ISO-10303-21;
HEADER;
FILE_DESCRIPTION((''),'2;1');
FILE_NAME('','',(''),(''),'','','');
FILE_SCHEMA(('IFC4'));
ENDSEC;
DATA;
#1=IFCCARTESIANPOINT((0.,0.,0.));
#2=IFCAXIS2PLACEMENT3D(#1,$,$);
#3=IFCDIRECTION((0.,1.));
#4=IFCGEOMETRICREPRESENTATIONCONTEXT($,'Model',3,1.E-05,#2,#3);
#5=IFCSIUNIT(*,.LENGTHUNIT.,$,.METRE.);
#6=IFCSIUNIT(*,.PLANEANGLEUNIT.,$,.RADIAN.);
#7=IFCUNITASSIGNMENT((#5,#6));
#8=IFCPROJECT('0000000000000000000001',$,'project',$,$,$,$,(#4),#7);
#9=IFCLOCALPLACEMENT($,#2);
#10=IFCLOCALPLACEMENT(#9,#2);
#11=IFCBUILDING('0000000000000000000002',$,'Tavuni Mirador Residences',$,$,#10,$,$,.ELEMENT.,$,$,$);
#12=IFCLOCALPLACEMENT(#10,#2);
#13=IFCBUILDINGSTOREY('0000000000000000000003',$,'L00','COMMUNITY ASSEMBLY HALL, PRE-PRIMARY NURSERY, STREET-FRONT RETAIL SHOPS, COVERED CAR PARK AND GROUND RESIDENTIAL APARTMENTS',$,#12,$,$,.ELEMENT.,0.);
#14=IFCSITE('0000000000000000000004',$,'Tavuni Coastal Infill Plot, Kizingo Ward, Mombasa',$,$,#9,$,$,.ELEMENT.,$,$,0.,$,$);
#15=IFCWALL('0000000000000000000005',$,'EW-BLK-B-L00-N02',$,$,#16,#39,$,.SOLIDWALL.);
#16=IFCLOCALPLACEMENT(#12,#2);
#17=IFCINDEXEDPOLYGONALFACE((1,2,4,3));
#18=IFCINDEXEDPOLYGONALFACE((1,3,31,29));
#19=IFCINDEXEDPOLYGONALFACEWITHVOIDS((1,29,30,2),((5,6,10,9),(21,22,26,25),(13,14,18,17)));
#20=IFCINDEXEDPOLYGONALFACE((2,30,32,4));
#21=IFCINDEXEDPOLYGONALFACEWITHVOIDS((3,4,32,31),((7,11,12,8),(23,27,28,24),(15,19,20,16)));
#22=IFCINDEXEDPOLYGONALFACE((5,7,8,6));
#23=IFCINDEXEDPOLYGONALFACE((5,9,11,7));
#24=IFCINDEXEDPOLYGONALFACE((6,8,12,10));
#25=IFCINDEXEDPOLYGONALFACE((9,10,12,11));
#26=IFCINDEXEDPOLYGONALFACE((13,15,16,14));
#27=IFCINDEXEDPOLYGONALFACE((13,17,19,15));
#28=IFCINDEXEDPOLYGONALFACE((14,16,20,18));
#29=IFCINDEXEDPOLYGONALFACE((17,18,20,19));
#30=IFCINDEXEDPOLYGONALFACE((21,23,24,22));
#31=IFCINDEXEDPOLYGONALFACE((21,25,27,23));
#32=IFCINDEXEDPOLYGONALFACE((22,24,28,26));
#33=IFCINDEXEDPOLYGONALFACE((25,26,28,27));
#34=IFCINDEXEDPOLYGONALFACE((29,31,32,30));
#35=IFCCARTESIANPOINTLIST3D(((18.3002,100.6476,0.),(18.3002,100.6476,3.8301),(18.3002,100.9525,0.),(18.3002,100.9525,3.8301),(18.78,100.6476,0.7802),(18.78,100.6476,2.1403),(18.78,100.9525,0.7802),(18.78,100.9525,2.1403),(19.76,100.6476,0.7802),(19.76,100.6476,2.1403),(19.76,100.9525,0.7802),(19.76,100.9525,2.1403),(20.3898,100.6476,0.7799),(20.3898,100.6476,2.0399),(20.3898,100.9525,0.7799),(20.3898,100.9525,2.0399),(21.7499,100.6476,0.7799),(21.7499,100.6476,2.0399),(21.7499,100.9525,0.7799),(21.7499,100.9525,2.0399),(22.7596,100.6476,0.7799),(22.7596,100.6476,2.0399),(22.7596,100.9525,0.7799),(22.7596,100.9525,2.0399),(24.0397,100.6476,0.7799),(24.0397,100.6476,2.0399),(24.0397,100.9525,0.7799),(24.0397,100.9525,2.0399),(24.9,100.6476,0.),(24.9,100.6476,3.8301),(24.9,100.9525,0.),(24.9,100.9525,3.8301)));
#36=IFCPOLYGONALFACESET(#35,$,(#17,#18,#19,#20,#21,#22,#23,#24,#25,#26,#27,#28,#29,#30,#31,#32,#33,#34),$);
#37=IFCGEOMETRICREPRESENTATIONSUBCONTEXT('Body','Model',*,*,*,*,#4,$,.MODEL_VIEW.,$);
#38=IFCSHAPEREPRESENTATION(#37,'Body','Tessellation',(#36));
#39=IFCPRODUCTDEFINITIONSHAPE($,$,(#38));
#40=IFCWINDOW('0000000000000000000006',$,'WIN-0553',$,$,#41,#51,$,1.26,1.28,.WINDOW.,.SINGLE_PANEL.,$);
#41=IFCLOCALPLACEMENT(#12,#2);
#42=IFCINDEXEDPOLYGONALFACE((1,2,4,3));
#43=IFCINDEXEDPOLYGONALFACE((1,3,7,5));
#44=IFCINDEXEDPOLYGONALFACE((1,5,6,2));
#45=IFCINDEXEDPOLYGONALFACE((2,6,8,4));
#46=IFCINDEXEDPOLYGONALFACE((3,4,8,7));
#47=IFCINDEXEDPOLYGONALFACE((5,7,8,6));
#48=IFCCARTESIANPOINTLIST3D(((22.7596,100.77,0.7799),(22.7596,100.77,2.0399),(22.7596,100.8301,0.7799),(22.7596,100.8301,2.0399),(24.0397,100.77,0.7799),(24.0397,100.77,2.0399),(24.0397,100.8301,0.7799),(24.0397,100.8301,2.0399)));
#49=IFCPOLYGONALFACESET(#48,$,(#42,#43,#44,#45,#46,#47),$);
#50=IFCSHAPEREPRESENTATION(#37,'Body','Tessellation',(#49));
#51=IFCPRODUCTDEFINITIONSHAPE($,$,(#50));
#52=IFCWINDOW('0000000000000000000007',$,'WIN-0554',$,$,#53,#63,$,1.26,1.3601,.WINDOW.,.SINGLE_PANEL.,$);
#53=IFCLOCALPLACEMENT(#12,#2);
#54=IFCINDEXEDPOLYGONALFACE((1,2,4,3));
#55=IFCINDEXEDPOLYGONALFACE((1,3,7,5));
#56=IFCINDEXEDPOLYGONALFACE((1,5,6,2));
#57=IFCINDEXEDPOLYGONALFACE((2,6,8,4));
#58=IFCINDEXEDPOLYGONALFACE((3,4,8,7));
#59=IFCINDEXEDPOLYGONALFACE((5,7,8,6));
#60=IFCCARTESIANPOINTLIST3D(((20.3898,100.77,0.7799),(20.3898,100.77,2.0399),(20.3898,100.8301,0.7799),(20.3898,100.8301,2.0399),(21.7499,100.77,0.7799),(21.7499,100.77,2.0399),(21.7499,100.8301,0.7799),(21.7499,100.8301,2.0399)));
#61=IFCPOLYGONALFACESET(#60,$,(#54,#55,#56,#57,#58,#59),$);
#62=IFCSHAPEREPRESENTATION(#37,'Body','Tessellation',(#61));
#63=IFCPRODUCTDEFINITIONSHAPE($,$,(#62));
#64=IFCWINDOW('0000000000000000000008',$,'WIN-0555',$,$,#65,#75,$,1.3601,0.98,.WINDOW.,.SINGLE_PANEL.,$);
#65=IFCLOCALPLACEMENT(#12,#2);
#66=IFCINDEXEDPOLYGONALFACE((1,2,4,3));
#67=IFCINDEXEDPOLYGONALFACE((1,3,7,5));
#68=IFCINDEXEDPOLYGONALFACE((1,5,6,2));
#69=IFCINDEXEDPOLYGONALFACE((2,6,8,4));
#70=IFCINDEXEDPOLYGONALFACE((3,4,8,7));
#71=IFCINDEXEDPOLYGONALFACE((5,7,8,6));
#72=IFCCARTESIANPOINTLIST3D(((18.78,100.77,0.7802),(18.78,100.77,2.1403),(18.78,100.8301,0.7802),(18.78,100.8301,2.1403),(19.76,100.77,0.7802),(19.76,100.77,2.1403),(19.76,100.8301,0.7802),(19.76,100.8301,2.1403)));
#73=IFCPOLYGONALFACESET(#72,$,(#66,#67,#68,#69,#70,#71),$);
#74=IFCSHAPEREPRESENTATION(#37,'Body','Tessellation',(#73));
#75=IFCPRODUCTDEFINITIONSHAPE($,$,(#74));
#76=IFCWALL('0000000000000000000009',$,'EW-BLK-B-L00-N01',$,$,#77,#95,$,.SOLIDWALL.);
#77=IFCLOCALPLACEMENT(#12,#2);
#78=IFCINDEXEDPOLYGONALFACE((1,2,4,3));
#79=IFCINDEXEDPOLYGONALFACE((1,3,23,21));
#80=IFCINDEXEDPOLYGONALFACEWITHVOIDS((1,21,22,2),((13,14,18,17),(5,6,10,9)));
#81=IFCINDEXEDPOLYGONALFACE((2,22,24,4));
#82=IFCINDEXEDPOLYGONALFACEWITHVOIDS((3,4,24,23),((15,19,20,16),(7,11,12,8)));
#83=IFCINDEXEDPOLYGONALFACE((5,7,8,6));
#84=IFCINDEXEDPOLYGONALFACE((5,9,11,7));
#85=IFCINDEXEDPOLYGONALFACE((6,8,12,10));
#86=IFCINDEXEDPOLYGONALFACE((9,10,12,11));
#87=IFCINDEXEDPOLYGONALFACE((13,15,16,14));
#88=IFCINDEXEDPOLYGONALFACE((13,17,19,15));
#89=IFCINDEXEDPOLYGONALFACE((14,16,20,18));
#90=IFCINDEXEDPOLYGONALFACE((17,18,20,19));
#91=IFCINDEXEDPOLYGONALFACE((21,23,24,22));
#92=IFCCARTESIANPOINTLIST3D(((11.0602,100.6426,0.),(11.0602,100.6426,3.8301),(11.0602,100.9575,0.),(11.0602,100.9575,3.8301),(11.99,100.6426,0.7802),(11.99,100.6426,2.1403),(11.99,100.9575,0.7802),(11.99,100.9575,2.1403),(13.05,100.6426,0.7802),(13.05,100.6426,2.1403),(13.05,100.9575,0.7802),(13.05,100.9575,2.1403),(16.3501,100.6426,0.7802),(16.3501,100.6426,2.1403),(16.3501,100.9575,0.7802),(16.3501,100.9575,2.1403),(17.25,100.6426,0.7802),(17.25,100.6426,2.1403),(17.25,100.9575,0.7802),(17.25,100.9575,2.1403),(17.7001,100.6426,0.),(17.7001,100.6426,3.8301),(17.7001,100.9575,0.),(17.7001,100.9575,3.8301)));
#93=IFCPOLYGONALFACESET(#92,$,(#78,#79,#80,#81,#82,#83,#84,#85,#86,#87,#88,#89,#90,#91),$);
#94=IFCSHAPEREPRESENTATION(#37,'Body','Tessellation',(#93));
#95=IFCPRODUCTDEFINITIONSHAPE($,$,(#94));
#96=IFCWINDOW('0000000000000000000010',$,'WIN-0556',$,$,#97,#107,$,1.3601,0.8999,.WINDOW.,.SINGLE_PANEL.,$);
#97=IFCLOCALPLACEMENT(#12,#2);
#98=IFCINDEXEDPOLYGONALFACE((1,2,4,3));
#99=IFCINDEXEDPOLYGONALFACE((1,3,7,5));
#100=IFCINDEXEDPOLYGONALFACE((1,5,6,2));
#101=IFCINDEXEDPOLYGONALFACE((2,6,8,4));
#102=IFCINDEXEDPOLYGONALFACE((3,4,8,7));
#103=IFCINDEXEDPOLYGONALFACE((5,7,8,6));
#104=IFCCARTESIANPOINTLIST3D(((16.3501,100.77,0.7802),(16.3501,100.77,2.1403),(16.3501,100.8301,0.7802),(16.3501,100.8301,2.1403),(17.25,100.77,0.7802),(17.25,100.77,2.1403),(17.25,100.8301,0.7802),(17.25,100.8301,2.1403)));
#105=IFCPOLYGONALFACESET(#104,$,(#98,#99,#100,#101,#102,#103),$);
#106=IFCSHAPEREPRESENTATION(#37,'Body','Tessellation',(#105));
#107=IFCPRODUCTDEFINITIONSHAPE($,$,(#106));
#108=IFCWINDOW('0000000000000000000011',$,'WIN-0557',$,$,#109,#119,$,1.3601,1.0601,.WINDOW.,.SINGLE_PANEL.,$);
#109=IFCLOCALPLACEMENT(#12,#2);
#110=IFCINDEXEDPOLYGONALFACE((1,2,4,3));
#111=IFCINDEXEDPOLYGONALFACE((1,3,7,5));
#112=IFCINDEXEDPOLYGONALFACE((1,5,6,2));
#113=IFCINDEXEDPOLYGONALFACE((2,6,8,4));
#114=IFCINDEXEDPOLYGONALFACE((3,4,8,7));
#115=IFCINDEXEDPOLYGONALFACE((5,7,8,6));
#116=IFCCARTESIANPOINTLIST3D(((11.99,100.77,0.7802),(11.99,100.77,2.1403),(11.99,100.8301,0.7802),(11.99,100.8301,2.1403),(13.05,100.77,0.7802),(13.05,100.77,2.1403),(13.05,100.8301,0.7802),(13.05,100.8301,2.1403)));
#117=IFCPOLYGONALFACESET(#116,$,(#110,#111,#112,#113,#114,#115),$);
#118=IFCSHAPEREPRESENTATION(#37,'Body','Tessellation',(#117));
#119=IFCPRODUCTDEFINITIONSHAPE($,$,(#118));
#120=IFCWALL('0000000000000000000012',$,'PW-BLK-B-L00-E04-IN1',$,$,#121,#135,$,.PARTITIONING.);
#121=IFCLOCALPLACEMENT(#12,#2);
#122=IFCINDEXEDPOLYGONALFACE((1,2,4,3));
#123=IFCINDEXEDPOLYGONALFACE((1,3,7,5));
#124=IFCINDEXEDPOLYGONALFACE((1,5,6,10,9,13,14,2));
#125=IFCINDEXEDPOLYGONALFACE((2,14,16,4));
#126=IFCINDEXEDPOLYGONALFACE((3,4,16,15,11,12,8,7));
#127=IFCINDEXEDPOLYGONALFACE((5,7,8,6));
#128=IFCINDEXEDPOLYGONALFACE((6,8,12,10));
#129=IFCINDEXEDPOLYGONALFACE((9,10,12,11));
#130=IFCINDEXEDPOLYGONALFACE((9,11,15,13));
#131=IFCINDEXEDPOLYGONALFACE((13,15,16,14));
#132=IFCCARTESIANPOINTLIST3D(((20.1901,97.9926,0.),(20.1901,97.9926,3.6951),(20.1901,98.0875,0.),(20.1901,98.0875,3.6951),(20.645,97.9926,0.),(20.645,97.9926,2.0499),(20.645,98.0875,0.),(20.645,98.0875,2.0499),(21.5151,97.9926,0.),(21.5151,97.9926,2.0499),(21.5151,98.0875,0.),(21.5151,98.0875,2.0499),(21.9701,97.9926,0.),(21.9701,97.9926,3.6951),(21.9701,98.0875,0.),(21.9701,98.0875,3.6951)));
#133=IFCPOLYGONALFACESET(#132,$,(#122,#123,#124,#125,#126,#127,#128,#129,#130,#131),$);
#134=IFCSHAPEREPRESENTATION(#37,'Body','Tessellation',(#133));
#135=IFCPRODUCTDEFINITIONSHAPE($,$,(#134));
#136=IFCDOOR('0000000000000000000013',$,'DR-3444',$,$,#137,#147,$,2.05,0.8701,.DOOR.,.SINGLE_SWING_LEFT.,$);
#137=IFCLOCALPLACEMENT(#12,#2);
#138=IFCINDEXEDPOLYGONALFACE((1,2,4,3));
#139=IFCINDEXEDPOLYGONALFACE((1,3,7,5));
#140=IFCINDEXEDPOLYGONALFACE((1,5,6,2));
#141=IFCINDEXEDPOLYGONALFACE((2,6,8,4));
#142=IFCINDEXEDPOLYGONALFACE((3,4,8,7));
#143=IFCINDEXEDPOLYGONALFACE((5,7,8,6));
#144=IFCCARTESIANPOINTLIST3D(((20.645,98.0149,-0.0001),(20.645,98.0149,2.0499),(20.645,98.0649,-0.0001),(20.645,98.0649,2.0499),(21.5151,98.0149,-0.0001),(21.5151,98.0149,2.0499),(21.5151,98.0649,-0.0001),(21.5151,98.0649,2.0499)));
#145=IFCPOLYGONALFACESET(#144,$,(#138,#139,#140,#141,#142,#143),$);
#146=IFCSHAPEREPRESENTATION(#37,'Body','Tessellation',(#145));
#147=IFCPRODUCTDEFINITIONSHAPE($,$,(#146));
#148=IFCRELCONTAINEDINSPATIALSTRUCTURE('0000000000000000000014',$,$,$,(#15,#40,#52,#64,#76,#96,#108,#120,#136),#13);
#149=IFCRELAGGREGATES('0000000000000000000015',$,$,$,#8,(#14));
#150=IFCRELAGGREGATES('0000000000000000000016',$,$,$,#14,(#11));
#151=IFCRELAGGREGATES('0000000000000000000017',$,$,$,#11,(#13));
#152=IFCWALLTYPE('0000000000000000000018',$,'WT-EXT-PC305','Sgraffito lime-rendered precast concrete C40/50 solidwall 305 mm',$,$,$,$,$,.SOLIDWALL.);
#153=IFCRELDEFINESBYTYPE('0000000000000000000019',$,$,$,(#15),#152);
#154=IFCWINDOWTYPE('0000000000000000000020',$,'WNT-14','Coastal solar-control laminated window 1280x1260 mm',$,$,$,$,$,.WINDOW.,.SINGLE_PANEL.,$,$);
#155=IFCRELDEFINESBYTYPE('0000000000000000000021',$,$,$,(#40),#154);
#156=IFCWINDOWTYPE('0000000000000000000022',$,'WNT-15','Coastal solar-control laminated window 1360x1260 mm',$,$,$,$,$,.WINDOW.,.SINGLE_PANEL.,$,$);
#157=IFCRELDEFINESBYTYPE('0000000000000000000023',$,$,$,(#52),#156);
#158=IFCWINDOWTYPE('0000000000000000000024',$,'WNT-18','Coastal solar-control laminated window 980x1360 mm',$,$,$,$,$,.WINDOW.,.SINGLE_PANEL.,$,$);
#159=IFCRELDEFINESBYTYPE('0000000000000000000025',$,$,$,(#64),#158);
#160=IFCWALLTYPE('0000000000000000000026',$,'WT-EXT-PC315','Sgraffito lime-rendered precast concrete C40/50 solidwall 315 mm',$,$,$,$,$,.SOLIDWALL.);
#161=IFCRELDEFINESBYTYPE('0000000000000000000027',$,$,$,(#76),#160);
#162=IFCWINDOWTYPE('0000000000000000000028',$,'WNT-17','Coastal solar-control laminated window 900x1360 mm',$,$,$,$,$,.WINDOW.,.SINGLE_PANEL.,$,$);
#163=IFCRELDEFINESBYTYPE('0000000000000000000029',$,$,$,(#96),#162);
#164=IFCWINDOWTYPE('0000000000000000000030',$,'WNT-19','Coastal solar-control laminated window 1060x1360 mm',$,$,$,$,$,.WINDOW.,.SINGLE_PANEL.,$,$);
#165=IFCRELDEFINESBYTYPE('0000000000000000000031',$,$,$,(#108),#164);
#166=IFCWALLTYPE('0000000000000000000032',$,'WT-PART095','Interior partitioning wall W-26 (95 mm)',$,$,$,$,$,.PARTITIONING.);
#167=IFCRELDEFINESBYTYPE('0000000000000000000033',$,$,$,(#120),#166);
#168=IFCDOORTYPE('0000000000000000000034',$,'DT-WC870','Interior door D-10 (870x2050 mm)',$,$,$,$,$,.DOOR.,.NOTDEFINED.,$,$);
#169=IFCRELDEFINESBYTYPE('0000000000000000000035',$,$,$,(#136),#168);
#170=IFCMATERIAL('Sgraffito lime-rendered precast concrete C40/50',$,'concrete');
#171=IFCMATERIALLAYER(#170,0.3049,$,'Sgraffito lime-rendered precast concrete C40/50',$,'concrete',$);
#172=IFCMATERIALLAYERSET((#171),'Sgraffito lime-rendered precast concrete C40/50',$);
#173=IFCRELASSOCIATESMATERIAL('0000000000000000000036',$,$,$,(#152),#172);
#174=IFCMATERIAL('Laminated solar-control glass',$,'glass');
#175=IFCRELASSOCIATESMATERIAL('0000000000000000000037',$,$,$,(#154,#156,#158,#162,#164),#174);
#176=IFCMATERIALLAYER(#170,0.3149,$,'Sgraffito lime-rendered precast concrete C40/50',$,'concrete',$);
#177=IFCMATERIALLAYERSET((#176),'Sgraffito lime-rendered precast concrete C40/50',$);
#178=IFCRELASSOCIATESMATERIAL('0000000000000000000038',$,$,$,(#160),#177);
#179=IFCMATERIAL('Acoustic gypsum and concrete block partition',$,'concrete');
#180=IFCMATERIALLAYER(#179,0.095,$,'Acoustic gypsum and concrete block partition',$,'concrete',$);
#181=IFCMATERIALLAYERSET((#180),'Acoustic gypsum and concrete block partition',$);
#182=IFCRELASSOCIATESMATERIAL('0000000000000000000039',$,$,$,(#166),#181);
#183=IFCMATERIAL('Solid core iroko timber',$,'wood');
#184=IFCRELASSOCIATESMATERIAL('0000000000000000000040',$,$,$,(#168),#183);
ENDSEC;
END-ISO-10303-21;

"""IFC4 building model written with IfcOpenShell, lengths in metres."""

from ifc_helpers import new_model, si_unit, direction, frame, frame_2d, origin, place, context, subcontext, project, spatial, rectangle, extrude, material, layer, layer_set, type_object, element, fill, save


model = new_model("IFC4")

# Units and contexts
model_context = context("Model", 3, precision=1e-05, world=origin(), true_north=direction((0.0, 1.0)))
body_context = subcontext(model_context, "Body", "Model", "MODEL_VIEW")
ifc_project = project(units=[si_unit("LENGTHUNIT", "METRE"), si_unit("PLANEANGLEUNIT", "RADIAN")], contexts=[model_context])

# Site, building, storey
site_placement = place(None, origin())
site = spatial("IfcSite", under=ifc_project, at=site_placement, Name="Tavuni Coastal Infill Plot, Kizingo Ward, Mombasa", CompositionType="ELEMENT", RefElevation=0.0)
building_placement = place(site_placement, origin())
building = spatial("IfcBuilding", under=site, at=building_placement, Name="Tavuni Mirador Residences", CompositionType="ELEMENT")
storey_placement = place(building_placement, origin())
storey = spatial("IfcBuildingStorey", under=building, at=storey_placement, Name="L00", Description="COMMUNITY ASSEMBLY HALL, PRE-PRIMARY NURSERY, STREET-FRONT RETAIL SHOPS, COVERED CAR PARK AND GROUND RESIDENTIAL APARTMENTS", CompositionType="ELEMENT", Elevation=0.0)

# Shared definitions
ifc_material_1 = material(Name="Solid core iroko timber", Category="wood")

# Walls, openings, windows
ifc_material_2 = material(Name="Sgraffito lime-rendered precast concrete C40/50", Category="concrete")
ifc_layer_1 = layer(ifc_material_2, 0.3049, Name="Sgraffito lime-rendered precast concrete C40/50", Category="concrete")
ifc_layer_set_1 = layer_set([ifc_layer_1], Name="Sgraffito lime-rendered precast concrete C40/50")
wall_type_1 = type_object("IfcWallType", Name="WT-EXT-PC305", Description="Sgraffito lime-rendered precast concrete C40/50 solidwall 305 mm", PredefinedType="SOLIDWALL", material=ifc_layer_set_1)
wall_1_placement = place(storey_placement, frame((24.8999, 100.8, 0.0), z_axis=(0.0, 0.0, 1.0), x_axis=(-1.0, 0.0, 0.0)))
wall_1 = element("IfcWall", 1, at=wall_1_placement, inside=storey, type_object=wall_type_1, Name="EW-BLK-B-L00-N02", PredefinedType="SOLIDWALL", context=body_context, shape_type="SweptSolid", body=[
    extrude(rectangle(XDim=6.5999, YDim=0.3049, at=frame_2d((3.2998, 0.0))), origin(), (0.0, 0.0, 1.0), 3.8301),
])
opening_1_placement = place(wall_1_placement, frame((0.8601, 0.0, 0.78)))
opening_1 = element("IfcOpeningElement", 2, at=opening_1_placement, cuts=wall_1, PredefinedType="OPENING", context=body_context, shape_type="SweptSolid", body=[
    extrude(rectangle(XDim=1.28, YDim=1.26, at=frame_2d((0.6401, 0.6299))), frame((0.0, 0.1626, 0.0), z_axis=(0.0, -1.0, 0.0), x_axis=(1.0, 0.0, 0.0)), (0.0, 0.0, 1.0), 0.325),
])
opening_2_placement = place(wall_1_placement, frame((3.1499, 0.0, 0.78)))
opening_2 = element("IfcOpeningElement", 3, at=opening_2_placement, cuts=wall_1, PredefinedType="OPENING", context=body_context, shape_type="SweptSolid", body=[
    extrude(rectangle(XDim=1.3601, YDim=1.26, at=frame_2d((0.6802, 0.6299))), frame((0.0, 0.1626, 0.0), z_axis=(0.0, -1.0, 0.0), x_axis=(1.0, 0.0, 0.0)), (0.0, 0.0, 1.0), 0.325),
])
opening_3_placement = place(wall_1_placement, frame((5.1399, 0.0, 0.78)))
opening_3 = element("IfcOpeningElement", 4, at=opening_3_placement, cuts=wall_1, PredefinedType="OPENING", context=body_context, shape_type="SweptSolid", body=[
    extrude(rectangle(XDim=0.98, YDim=1.3601, at=frame_2d((0.49, 0.6802))), frame((0.0, 0.1626, 0.0), z_axis=(0.0, -1.0, 0.0), x_axis=(1.0, 0.0, 0.0)), (0.0, 0.0, 1.0), 0.325),
])
ifc_material_3 = material(Name="Laminated solar-control glass", Category="glass")
window_type_1 = type_object("IfcWindowType", Name="WNT-14", Description="Coastal solar-control laminated window 1280x1260 mm", PartitioningType="SINGLE_PANEL", PredefinedType="WINDOW", material=ifc_material_3)
window_1_placement = place(opening_1_placement, origin())
window_1 = element("IfcWindow", 5, at=window_1_placement, inside=storey, type_object=window_type_1, Name="WIN-0553", OverallHeight=1.26, OverallWidth=1.28, PartitioningType="SINGLE_PANEL", PredefinedType="WINDOW", context=body_context, shape_type="SweptSolid", body=[
    extrude(rectangle(XDim=1.28, YDim=1.26, at=frame_2d((0.6401, 0.6299))), frame((0.0, 0.03, 0.0), z_axis=(0.0, -1.0, 0.0), x_axis=(1.0, 0.0, 0.0)), (0.0, 0.0, 1.0), 0.0601),
])
fill(opening_1, window_1)
window_type_2 = type_object("IfcWindowType", Name="WNT-15", Description="Coastal solar-control laminated window 1360x1260 mm", PartitioningType="SINGLE_PANEL", PredefinedType="WINDOW", material=ifc_material_3)
window_2_placement = place(opening_2_placement, origin())
window_2 = element("IfcWindow", 6, at=window_2_placement, inside=storey, type_object=window_type_2, Name="WIN-0554", OverallHeight=1.26, OverallWidth=1.3601, PartitioningType="SINGLE_PANEL", PredefinedType="WINDOW", context=body_context, shape_type="SweptSolid", body=[
    extrude(rectangle(XDim=1.3601, YDim=1.26, at=frame_2d((0.6802, 0.6299))), frame((0.0, 0.03, 0.0), z_axis=(0.0, -1.0, 0.0), x_axis=(1.0, 0.0, 0.0)), (0.0, 0.0, 1.0), 0.0601),
])
fill(opening_2, window_2)
window_type_3 = type_object("IfcWindowType", Name="WNT-18", Description="Coastal solar-control laminated window 980x1360 mm", PartitioningType="SINGLE_PANEL", PredefinedType="WINDOW", material=ifc_material_3)
window_3_placement = place(opening_3_placement, origin())
window_3 = element("IfcWindow", 7, at=window_3_placement, inside=storey, type_object=window_type_3, Name="WIN-0555", OverallHeight=1.3601, OverallWidth=0.98, PartitioningType="SINGLE_PANEL", PredefinedType="WINDOW", context=body_context, shape_type="SweptSolid", body=[
    extrude(rectangle(XDim=0.98, YDim=1.3601, at=frame_2d((0.49, 0.6802))), frame((0.0, 0.03, 0.0), z_axis=(0.0, -1.0, 0.0), x_axis=(1.0, 0.0, 0.0)), (0.0, 0.0, 1.0), 0.0601),
])
fill(opening_3, window_3)
ifc_layer_2 = layer(ifc_material_2, 0.3149, Name="Sgraffito lime-rendered precast concrete C40/50", Category="concrete")
ifc_layer_set_2 = layer_set([ifc_layer_2], Name="Sgraffito lime-rendered precast concrete C40/50")
wall_type_2 = type_object("IfcWallType", Name="WT-EXT-PC315", Description="Sgraffito lime-rendered precast concrete C40/50 solidwall 315 mm", PredefinedType="SOLIDWALL", material=ifc_layer_set_2)
wall_2_placement = place(storey_placement, frame((17.7, 100.8, 0.0), z_axis=(0.0, 0.0, 1.0), x_axis=(-1.0, 0.0, 0.0)))
wall_2 = element("IfcWall", 8, at=wall_2_placement, inside=storey, type_object=wall_type_2, Name="EW-BLK-B-L00-N01", PredefinedType="SOLIDWALL", context=body_context, shape_type="SweptSolid", body=[
    extrude(rectangle(XDim=6.6399, YDim=0.3149, at=frame_2d((3.3198, 0.0))), origin(), (0.0, 0.0, 1.0), 3.8301),
])
opening_4_placement = place(wall_2_placement, frame((0.45, 0.0, 0.78)))
opening_4 = element("IfcOpeningElement", 9, at=opening_4_placement, cuts=wall_2, PredefinedType="OPENING", context=body_context, shape_type="SweptSolid", body=[
    extrude(rectangle(XDim=0.8999, YDim=1.3601, at=frame_2d((0.45, 0.6802))), frame((0.0, 0.1675, 0.0), z_axis=(0.0, -1.0, 0.0), x_axis=(1.0, 0.0, 0.0)), (0.0, 0.0, 1.0), 0.335),
])
opening_5_placement = place(wall_2_placement, frame((4.6499, 0.0, 0.78)))
opening_5 = element("IfcOpeningElement", 10, at=opening_5_placement, cuts=wall_2, PredefinedType="OPENING", context=body_context, shape_type="SweptSolid", body=[
    extrude(rectangle(XDim=1.0601, YDim=1.3601, at=frame_2d((0.53, 0.6802))), frame((0.0, 0.1675, 0.0), z_axis=(0.0, -1.0, 0.0), x_axis=(1.0, 0.0, 0.0)), (0.0, 0.0, 1.0), 0.335),
])
window_type_4 = type_object("IfcWindowType", Name="WNT-17", Description="Coastal solar-control laminated window 900x1360 mm", PartitioningType="SINGLE_PANEL", PredefinedType="WINDOW", material=ifc_material_3)
window_4_placement = place(opening_4_placement, origin())
window_4 = element("IfcWindow", 11, at=window_4_placement, inside=storey, type_object=window_type_4, Name="WIN-0556", OverallHeight=1.3601, OverallWidth=0.8999, PartitioningType="SINGLE_PANEL", PredefinedType="WINDOW", context=body_context, shape_type="SweptSolid", body=[
    extrude(rectangle(XDim=0.8999, YDim=1.3601, at=frame_2d((0.45, 0.6802))), frame((0.0, 0.03, 0.0), z_axis=(0.0, -1.0, 0.0), x_axis=(1.0, 0.0, 0.0)), (0.0, 0.0, 1.0), 0.0601),
])
fill(opening_4, window_4)
window_type_5 = type_object("IfcWindowType", Name="WNT-19", Description="Coastal solar-control laminated window 1060x1360 mm", PartitioningType="SINGLE_PANEL", PredefinedType="WINDOW", material=ifc_material_3)
window_5_placement = place(opening_5_placement, origin())
window_5 = element("IfcWindow", 12, at=window_5_placement, inside=storey, type_object=window_type_5, Name="WIN-0557", OverallHeight=1.3601, OverallWidth=1.0601, PartitioningType="SINGLE_PANEL", PredefinedType="WINDOW", context=body_context, shape_type="SweptSolid", body=[
    extrude(rectangle(XDim=1.0601, YDim=1.3601, at=frame_2d((0.53, 0.6802))), frame((0.0, 0.03, 0.0), z_axis=(0.0, -1.0, 0.0), x_axis=(1.0, 0.0, 0.0)), (0.0, 0.0, 1.0), 0.0601),
])
fill(opening_5, window_5)

# Wall, opening, door
ifc_material_4 = material(Name="Acoustic gypsum and concrete block partition", Category="concrete")
ifc_layer_3 = layer(ifc_material_4, 0.095, Name="Acoustic gypsum and concrete block partition", Category="concrete")
ifc_layer_set_3 = layer_set([ifc_layer_3], Name="Acoustic gypsum and concrete block partition")
wall_type_3 = type_object("IfcWallType", Name="WT-PART095", Description="Interior partitioning wall W-26 (95 mm)", PredefinedType="PARTITIONING", material=ifc_layer_set_3)
wall_3_placement = place(storey_placement, frame((20.1899, 98.04, 0.0), z_axis=(0.0, 0.0, 1.0), x_axis=(1.0, 0.0, 0.0)))
wall_3 = element("IfcWall", 13, at=wall_3_placement, inside=storey, type_object=wall_type_3, Name="PW-BLK-B-L00-E04-IN1", PredefinedType="PARTITIONING", context=body_context, shape_type="SweptSolid", body=[
    extrude(rectangle(XDim=1.78, YDim=0.095, at=frame_2d((0.8901, 0.0))), origin(), (0.0, 0.0, 1.0), 3.6951),
])
opening_6_placement = place(wall_3_placement, frame((0.4551, 0.0, 0.0)))
opening_6 = element("IfcOpeningElement", 14, at=opening_6_placement, cuts=wall_3, PredefinedType="OPENING", context=body_context, shape_type="SweptSolid", body=[
    extrude(rectangle(XDim=0.8701, YDim=2.05, at=frame_2d((0.4351, 1.0249))), frame((0.0, 0.0576, 0.0), z_axis=(0.0, -1.0, 0.0), x_axis=(1.0, 0.0, 0.0)), (0.0, 0.0, 1.0), 0.115),
])
door_type_1 = type_object("IfcDoorType", Name="DT-WC870", Description="Interior door D-10 (870x2050 mm)", OperationType="NOTDEFINED", PredefinedType="DOOR", material=ifc_material_1)
door_1_placement = place(opening_6_placement, origin())
door_1 = element("IfcDoor", 15, at=door_1_placement, inside=storey, type_object=door_type_1, Name="DR-3444", OperationType="SINGLE_SWING_LEFT", OverallHeight=2.05, OverallWidth=0.8701, PredefinedType="DOOR", context=body_context, shape_type="SweptSolid", body=[
    extrude(rectangle(XDim=0.8701, YDim=2.05, at=frame_2d((0.4351, 1.0249))), frame((0.0, 0.0249, 0.0), z_axis=(0.0, -1.0, 0.0), x_axis=(1.0, 0.0, 0.0)), (0.0, 0.0, 1.0), 0.05),
])
fill(opening_6, door_1)

save(model, "model.ifc")
